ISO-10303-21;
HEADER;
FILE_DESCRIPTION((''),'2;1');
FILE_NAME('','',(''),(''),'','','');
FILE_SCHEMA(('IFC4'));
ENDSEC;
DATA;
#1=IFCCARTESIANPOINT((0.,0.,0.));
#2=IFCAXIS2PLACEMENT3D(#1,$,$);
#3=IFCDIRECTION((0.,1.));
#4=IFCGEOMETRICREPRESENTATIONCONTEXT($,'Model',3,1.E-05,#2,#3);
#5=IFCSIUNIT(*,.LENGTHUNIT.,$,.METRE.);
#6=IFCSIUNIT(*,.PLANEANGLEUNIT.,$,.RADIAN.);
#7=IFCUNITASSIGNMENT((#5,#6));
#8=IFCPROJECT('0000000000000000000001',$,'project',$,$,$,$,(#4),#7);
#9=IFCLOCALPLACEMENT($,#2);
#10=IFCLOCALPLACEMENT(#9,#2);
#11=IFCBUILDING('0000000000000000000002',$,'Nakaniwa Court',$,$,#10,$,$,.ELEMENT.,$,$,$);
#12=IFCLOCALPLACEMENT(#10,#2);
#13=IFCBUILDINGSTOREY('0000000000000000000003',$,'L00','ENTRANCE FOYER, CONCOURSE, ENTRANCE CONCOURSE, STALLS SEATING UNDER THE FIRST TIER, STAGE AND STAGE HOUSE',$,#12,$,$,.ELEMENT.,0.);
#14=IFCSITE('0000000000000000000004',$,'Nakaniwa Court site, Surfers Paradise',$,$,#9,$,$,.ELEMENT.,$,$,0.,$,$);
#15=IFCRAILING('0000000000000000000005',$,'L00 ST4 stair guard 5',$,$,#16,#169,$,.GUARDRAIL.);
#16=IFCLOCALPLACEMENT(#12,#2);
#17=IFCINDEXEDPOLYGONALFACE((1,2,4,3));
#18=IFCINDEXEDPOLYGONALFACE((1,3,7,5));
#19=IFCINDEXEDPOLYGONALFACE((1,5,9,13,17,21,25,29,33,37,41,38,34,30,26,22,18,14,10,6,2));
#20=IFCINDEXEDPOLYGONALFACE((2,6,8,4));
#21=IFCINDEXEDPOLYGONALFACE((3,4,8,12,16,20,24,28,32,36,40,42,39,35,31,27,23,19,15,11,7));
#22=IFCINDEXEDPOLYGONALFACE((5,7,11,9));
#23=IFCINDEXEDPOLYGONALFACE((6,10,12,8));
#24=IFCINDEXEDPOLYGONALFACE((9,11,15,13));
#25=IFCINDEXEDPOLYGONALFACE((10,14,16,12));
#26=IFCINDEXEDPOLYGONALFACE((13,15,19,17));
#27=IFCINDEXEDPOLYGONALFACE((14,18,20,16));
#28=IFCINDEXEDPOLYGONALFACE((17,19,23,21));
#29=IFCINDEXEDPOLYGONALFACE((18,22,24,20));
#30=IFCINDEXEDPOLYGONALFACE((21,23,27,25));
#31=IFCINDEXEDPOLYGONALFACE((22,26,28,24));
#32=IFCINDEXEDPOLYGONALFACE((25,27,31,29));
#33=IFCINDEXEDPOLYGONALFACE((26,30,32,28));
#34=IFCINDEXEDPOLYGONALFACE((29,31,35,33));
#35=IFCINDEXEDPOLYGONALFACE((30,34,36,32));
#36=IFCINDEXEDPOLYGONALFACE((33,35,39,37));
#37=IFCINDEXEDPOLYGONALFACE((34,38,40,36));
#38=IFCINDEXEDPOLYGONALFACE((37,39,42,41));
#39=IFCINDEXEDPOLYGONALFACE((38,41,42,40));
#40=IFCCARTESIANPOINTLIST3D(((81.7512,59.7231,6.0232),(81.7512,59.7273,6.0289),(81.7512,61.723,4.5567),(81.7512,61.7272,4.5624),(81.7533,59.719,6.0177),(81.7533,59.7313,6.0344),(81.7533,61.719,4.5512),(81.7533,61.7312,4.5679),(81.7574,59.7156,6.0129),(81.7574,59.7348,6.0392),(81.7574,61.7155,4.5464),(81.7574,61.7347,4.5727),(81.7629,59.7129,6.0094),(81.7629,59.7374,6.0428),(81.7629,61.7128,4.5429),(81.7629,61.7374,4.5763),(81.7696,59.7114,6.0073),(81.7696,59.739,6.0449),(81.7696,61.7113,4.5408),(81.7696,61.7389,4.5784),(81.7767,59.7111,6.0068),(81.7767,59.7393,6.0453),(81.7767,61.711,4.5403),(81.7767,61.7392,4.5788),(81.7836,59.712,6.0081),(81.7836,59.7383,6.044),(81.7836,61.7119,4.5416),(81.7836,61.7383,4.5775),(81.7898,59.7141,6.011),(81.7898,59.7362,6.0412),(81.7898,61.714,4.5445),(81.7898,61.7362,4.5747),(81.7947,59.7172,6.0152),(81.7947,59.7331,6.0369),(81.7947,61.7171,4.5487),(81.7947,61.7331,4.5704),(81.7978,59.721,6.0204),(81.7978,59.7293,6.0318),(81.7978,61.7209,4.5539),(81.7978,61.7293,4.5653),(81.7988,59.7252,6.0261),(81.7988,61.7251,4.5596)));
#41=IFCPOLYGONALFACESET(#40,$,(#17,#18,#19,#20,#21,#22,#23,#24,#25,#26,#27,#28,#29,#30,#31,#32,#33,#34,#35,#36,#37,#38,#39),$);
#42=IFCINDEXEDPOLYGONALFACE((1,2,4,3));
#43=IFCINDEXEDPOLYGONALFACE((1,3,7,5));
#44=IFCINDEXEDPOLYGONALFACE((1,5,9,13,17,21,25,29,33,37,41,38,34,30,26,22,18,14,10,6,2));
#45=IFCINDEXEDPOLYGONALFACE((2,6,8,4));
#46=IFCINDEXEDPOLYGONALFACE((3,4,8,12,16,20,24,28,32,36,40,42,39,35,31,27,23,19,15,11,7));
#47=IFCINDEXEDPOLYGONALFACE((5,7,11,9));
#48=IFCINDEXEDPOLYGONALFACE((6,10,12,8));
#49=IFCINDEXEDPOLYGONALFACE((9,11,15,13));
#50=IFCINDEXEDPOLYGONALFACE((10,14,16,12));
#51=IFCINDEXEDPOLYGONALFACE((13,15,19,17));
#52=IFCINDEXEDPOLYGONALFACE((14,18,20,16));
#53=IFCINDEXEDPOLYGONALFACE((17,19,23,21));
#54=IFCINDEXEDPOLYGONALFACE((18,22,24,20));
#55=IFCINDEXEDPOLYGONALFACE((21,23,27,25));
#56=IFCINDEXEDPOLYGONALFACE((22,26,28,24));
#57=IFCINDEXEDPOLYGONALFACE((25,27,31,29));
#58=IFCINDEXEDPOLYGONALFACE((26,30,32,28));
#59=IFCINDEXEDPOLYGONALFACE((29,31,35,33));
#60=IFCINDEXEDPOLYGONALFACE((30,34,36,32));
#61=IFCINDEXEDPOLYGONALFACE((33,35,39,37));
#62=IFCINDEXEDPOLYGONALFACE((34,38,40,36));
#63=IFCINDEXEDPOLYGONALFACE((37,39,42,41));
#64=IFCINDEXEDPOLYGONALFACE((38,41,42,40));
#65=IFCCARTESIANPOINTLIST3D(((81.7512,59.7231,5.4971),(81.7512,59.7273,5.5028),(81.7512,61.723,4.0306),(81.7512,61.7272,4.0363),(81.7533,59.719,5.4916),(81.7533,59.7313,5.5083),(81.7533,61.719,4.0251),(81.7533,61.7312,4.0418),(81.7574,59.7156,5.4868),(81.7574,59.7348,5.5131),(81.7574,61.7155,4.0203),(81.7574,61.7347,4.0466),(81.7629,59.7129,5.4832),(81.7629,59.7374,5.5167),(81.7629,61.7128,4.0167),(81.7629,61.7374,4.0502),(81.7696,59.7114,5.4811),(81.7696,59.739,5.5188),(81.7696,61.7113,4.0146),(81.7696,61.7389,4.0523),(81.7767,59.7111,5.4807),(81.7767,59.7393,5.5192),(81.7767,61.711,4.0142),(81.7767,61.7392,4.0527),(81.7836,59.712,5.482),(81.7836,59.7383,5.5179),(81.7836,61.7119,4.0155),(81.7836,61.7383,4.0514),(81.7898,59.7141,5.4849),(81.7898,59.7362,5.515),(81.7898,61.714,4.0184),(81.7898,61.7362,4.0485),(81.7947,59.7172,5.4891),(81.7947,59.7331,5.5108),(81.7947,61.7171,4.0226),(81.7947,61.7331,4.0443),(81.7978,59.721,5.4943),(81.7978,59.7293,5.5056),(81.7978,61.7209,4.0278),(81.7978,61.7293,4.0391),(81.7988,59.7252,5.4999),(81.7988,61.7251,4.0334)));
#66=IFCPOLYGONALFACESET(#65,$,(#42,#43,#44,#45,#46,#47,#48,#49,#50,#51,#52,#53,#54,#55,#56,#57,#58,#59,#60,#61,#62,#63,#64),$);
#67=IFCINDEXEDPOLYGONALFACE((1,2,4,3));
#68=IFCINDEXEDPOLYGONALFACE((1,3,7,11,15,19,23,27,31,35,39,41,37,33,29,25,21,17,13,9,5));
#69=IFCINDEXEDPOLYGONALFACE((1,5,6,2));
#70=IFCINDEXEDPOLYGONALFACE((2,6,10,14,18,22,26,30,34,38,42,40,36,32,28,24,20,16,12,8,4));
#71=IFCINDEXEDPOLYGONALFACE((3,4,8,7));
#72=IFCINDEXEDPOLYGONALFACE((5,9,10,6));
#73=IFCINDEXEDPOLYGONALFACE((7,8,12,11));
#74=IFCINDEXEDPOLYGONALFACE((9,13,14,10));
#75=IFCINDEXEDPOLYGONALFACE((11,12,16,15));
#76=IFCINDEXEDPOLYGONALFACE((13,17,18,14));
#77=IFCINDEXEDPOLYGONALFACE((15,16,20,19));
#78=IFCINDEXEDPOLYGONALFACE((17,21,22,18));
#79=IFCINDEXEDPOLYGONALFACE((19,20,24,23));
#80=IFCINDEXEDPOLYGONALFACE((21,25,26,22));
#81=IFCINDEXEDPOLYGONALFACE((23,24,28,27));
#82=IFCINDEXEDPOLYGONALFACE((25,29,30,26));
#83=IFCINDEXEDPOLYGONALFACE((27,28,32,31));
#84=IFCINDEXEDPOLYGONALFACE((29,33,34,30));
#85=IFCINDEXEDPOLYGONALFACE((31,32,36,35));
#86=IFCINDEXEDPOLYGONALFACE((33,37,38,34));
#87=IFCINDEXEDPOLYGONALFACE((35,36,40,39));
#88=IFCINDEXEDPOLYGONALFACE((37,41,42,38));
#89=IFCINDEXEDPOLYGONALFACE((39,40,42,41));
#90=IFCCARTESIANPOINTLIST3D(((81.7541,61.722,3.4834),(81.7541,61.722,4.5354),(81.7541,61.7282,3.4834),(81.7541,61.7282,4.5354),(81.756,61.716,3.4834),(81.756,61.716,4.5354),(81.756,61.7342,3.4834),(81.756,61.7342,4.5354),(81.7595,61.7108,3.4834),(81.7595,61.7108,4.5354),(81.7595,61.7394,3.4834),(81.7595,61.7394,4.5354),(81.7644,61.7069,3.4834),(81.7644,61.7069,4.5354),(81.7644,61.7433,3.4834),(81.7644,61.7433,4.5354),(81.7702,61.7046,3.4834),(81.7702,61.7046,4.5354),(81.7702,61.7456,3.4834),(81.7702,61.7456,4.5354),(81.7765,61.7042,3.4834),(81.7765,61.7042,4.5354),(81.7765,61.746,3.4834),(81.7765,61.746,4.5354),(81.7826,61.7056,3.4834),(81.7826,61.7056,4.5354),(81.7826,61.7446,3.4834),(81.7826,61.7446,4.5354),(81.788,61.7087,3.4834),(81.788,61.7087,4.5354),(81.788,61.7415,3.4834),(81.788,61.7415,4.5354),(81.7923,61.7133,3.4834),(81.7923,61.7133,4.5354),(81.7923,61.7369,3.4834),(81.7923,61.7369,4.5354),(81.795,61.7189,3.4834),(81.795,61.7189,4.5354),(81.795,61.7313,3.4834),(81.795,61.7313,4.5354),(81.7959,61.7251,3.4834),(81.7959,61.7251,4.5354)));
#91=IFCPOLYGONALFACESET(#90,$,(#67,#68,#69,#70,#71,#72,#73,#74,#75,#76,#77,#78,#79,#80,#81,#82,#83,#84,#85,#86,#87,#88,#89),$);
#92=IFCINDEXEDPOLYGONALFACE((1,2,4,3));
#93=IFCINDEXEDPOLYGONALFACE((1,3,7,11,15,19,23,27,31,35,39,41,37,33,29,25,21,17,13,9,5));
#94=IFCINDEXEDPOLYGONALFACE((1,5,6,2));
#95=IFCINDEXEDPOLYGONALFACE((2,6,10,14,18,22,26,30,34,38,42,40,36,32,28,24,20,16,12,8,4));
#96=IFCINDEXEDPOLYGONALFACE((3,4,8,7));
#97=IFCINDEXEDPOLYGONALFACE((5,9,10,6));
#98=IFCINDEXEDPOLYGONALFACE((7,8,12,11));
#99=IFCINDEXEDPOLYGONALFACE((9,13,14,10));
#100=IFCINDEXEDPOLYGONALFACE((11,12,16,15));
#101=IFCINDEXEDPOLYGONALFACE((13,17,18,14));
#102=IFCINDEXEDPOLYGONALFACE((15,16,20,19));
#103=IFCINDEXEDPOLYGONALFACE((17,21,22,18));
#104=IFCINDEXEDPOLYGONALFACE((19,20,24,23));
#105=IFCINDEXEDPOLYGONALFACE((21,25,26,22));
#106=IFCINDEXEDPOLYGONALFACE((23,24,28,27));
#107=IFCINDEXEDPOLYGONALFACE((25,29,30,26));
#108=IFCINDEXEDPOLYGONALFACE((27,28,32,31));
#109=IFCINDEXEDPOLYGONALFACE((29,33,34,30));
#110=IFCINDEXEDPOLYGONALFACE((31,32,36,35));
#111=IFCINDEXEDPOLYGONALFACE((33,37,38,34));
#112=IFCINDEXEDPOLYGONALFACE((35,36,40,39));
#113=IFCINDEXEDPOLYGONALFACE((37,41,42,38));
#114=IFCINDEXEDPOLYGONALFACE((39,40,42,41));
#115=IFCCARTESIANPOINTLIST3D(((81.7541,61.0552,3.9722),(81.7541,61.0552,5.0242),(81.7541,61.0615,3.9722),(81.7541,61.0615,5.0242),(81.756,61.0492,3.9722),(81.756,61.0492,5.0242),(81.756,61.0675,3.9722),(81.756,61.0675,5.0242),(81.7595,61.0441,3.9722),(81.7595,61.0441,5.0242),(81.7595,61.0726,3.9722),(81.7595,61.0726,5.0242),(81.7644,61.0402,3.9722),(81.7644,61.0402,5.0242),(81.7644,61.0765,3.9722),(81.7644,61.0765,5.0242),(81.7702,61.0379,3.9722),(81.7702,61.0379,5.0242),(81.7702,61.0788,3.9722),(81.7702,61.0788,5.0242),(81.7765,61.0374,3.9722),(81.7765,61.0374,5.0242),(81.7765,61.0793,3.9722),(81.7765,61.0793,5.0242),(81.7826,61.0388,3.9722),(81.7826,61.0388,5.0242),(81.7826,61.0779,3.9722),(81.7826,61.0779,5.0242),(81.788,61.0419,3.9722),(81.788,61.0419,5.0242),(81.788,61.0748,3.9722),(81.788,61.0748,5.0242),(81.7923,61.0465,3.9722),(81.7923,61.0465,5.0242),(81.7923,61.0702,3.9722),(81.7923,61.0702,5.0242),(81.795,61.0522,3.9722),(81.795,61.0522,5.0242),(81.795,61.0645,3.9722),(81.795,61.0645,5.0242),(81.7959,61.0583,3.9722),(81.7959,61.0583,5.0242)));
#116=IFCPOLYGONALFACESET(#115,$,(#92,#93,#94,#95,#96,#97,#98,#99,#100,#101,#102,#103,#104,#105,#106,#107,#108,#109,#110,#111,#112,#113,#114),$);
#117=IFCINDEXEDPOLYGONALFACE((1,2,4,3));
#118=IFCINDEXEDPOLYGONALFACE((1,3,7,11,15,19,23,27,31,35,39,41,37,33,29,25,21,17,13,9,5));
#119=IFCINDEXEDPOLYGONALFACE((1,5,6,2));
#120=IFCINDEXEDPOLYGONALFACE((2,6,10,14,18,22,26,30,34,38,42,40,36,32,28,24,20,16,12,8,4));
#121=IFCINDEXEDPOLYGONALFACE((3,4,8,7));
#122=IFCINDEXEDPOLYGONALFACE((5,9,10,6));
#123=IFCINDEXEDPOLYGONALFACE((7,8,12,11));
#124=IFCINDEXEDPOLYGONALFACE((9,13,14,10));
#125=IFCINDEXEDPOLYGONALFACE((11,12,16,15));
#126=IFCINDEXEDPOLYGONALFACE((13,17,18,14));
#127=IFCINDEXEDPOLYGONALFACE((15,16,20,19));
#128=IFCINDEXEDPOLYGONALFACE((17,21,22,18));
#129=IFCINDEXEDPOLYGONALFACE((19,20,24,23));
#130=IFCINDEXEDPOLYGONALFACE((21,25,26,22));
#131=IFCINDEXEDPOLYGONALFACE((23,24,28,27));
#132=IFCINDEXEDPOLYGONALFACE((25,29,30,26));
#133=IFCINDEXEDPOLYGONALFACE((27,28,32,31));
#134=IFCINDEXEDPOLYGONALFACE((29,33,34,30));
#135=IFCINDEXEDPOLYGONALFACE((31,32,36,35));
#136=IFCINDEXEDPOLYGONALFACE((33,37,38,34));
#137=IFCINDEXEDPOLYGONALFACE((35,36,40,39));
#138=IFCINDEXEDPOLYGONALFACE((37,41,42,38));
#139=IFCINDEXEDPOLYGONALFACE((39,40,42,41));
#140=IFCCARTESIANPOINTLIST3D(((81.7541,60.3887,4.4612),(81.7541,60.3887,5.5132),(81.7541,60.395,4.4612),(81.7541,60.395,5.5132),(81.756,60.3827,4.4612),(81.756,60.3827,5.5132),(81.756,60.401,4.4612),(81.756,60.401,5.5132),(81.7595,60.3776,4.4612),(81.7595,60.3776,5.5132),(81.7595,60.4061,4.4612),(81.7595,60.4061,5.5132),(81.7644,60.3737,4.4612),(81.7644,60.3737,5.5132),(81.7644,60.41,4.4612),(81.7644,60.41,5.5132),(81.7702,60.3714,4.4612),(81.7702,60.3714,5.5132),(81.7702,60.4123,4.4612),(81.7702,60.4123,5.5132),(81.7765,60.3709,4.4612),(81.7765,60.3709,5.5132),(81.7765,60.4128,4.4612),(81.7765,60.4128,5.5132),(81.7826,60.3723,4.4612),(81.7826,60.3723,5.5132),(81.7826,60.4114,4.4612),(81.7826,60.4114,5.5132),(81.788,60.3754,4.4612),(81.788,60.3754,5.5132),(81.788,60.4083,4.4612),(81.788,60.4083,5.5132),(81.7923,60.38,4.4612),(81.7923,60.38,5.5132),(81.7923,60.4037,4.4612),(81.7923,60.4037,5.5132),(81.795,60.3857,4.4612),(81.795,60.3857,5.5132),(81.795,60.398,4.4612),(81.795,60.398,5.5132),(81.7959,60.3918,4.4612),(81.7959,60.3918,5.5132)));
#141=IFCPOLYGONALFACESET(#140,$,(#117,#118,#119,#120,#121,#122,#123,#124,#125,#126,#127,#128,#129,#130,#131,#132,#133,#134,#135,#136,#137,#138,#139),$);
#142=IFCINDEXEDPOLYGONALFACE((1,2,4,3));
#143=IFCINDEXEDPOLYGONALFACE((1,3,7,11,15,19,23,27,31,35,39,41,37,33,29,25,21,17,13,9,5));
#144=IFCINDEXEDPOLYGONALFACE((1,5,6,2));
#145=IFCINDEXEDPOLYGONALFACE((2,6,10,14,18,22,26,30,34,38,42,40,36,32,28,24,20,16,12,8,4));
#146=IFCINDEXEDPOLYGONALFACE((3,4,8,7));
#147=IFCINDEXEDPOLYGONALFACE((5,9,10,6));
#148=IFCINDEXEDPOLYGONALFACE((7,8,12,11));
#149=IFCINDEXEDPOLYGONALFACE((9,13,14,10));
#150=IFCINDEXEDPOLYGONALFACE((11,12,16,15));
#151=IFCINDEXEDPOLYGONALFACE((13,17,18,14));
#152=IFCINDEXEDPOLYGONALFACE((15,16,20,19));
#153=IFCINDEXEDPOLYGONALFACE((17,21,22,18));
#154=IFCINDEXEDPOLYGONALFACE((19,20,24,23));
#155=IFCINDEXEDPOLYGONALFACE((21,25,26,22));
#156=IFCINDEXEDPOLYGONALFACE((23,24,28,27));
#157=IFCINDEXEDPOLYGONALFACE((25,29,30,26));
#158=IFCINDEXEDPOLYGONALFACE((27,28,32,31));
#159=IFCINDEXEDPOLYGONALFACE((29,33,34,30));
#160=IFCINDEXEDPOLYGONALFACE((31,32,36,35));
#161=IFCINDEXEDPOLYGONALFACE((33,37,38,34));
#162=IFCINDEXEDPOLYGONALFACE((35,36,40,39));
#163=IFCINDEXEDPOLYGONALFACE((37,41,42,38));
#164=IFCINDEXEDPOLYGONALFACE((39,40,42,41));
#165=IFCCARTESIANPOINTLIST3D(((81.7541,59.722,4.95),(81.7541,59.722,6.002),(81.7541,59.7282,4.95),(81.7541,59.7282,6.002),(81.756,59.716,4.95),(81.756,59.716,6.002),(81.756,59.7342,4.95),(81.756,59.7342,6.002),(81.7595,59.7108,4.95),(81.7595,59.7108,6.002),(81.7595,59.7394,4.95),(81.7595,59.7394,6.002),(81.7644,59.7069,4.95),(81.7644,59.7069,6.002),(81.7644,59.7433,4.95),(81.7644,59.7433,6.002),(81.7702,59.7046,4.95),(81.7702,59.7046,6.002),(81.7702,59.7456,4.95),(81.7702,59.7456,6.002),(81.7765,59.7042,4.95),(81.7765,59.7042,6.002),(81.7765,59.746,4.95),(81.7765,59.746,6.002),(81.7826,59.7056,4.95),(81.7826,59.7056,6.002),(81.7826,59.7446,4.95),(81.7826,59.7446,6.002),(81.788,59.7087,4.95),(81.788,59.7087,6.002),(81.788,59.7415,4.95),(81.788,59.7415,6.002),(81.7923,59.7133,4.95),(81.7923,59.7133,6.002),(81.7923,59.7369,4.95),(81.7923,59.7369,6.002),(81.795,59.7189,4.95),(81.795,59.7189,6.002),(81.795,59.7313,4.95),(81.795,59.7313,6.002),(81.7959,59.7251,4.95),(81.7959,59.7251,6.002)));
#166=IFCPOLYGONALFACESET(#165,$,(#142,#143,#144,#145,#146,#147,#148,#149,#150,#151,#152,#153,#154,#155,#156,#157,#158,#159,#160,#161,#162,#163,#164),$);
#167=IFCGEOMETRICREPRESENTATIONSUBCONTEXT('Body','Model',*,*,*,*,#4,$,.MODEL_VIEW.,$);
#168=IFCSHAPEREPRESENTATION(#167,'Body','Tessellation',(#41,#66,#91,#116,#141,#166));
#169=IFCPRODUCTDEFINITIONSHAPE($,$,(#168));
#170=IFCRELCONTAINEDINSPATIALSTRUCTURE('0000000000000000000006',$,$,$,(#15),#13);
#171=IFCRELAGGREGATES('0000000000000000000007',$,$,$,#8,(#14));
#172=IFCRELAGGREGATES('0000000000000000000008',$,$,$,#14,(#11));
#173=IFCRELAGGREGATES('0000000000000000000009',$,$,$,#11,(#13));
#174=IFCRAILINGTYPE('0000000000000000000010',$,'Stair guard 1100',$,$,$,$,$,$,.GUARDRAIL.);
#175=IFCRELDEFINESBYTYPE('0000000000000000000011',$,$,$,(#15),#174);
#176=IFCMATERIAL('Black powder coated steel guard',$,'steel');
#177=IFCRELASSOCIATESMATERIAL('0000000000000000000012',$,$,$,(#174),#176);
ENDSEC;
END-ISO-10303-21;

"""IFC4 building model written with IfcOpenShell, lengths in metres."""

from ifc_helpers import new_model, si_unit, direction, frame, origin, origin_2d, place, context, subcontext, project, spatial, circle, extrude, material, type_object, element, save


model = new_model("IFC4")

# Units and contexts
model_context = context("Model", 3, precision=1e-05, world=origin(), true_north=direction((0.0, 1.0)))
body_context = subcontext(model_context, "Body", "Model", "MODEL_VIEW")
ifc_project = project(units=[si_unit("LENGTHUNIT", "METRE"), si_unit("PLANEANGLEUNIT", "RADIAN")], contexts=[model_context])

# Site, building, storey
site_placement = place(None, origin())
site = spatial("IfcSite", under=ifc_project, at=site_placement, Name="Nakaniwa Court site, Surfers Paradise", CompositionType="ELEMENT", RefElevation=0.0)
building_placement = place(site_placement, origin())
building = spatial("IfcBuilding", under=site, at=building_placement, Name="Nakaniwa Court", CompositionType="ELEMENT")
storey_placement = place(building_placement, origin())
storey = spatial("IfcBuildingStorey", under=building, at=storey_placement, Name="L00", Description="ENTRANCE FOYER, CONCOURSE, ENTRANCE CONCOURSE, STALLS SEATING UNDER THE FIRST TIER, STAGE AND STAGE HOUSE", CompositionType="ELEMENT", Elevation=0.0)

# Railing
ifc_material_1 = material(Name="Black powder coated steel guard", Category="steel")
railing_type_1 = type_object("IfcRailingType", Name="Stair guard 1100", PredefinedType="GUARDRAIL", material=ifc_material_1)
railing_1_placement = place(storey_placement, frame((81.7749, 61.7251, 3.4834)))
element("IfcRailing", 1, at=railing_1_placement, inside=storey, type_object=railing_type_1, Name="L00 ST4 stair guard 5", PredefinedType="GUARDRAIL", context=body_context, shape_type="SweptSolid", body=[
    extrude(circle(Radius=0.0239, at=origin_2d()), frame((0.0, 0.0, 1.0762), z_axis=(0.0, -0.806427, 0.591334), x_axis=(1.0, 0.0, 0.0)), (0.0, 0.0, 1.0), 2.48),
    extrude(circle(Radius=0.0239, at=origin_2d()), frame((0.0, 0.0, 0.55), z_axis=(0.0, -0.806427, 0.591334), x_axis=(1.0, 0.0, 0.0)), (0.0, 0.0, 1.0), 2.48),
    extrude(circle(Radius=0.021, at=origin_2d()), origin(), (0.0, 0.0, 1.0), 1.052),
    extrude(circle(Radius=0.021, at=origin_2d()), frame((0.0, -0.6667, 0.4888)), (0.0, 0.0, 1.0), 1.052),
    extrude(circle(Radius=0.021, at=origin_2d()), frame((0.0, -1.3333, 0.9778)), (0.0, 0.0, 1.0), 1.052),
    extrude(circle(Radius=0.021, at=origin_2d()), frame((0.0, -2.0, 1.4666)), (0.0, 0.0, 1.0), 1.052),
])

save(model, "model.ifc")
